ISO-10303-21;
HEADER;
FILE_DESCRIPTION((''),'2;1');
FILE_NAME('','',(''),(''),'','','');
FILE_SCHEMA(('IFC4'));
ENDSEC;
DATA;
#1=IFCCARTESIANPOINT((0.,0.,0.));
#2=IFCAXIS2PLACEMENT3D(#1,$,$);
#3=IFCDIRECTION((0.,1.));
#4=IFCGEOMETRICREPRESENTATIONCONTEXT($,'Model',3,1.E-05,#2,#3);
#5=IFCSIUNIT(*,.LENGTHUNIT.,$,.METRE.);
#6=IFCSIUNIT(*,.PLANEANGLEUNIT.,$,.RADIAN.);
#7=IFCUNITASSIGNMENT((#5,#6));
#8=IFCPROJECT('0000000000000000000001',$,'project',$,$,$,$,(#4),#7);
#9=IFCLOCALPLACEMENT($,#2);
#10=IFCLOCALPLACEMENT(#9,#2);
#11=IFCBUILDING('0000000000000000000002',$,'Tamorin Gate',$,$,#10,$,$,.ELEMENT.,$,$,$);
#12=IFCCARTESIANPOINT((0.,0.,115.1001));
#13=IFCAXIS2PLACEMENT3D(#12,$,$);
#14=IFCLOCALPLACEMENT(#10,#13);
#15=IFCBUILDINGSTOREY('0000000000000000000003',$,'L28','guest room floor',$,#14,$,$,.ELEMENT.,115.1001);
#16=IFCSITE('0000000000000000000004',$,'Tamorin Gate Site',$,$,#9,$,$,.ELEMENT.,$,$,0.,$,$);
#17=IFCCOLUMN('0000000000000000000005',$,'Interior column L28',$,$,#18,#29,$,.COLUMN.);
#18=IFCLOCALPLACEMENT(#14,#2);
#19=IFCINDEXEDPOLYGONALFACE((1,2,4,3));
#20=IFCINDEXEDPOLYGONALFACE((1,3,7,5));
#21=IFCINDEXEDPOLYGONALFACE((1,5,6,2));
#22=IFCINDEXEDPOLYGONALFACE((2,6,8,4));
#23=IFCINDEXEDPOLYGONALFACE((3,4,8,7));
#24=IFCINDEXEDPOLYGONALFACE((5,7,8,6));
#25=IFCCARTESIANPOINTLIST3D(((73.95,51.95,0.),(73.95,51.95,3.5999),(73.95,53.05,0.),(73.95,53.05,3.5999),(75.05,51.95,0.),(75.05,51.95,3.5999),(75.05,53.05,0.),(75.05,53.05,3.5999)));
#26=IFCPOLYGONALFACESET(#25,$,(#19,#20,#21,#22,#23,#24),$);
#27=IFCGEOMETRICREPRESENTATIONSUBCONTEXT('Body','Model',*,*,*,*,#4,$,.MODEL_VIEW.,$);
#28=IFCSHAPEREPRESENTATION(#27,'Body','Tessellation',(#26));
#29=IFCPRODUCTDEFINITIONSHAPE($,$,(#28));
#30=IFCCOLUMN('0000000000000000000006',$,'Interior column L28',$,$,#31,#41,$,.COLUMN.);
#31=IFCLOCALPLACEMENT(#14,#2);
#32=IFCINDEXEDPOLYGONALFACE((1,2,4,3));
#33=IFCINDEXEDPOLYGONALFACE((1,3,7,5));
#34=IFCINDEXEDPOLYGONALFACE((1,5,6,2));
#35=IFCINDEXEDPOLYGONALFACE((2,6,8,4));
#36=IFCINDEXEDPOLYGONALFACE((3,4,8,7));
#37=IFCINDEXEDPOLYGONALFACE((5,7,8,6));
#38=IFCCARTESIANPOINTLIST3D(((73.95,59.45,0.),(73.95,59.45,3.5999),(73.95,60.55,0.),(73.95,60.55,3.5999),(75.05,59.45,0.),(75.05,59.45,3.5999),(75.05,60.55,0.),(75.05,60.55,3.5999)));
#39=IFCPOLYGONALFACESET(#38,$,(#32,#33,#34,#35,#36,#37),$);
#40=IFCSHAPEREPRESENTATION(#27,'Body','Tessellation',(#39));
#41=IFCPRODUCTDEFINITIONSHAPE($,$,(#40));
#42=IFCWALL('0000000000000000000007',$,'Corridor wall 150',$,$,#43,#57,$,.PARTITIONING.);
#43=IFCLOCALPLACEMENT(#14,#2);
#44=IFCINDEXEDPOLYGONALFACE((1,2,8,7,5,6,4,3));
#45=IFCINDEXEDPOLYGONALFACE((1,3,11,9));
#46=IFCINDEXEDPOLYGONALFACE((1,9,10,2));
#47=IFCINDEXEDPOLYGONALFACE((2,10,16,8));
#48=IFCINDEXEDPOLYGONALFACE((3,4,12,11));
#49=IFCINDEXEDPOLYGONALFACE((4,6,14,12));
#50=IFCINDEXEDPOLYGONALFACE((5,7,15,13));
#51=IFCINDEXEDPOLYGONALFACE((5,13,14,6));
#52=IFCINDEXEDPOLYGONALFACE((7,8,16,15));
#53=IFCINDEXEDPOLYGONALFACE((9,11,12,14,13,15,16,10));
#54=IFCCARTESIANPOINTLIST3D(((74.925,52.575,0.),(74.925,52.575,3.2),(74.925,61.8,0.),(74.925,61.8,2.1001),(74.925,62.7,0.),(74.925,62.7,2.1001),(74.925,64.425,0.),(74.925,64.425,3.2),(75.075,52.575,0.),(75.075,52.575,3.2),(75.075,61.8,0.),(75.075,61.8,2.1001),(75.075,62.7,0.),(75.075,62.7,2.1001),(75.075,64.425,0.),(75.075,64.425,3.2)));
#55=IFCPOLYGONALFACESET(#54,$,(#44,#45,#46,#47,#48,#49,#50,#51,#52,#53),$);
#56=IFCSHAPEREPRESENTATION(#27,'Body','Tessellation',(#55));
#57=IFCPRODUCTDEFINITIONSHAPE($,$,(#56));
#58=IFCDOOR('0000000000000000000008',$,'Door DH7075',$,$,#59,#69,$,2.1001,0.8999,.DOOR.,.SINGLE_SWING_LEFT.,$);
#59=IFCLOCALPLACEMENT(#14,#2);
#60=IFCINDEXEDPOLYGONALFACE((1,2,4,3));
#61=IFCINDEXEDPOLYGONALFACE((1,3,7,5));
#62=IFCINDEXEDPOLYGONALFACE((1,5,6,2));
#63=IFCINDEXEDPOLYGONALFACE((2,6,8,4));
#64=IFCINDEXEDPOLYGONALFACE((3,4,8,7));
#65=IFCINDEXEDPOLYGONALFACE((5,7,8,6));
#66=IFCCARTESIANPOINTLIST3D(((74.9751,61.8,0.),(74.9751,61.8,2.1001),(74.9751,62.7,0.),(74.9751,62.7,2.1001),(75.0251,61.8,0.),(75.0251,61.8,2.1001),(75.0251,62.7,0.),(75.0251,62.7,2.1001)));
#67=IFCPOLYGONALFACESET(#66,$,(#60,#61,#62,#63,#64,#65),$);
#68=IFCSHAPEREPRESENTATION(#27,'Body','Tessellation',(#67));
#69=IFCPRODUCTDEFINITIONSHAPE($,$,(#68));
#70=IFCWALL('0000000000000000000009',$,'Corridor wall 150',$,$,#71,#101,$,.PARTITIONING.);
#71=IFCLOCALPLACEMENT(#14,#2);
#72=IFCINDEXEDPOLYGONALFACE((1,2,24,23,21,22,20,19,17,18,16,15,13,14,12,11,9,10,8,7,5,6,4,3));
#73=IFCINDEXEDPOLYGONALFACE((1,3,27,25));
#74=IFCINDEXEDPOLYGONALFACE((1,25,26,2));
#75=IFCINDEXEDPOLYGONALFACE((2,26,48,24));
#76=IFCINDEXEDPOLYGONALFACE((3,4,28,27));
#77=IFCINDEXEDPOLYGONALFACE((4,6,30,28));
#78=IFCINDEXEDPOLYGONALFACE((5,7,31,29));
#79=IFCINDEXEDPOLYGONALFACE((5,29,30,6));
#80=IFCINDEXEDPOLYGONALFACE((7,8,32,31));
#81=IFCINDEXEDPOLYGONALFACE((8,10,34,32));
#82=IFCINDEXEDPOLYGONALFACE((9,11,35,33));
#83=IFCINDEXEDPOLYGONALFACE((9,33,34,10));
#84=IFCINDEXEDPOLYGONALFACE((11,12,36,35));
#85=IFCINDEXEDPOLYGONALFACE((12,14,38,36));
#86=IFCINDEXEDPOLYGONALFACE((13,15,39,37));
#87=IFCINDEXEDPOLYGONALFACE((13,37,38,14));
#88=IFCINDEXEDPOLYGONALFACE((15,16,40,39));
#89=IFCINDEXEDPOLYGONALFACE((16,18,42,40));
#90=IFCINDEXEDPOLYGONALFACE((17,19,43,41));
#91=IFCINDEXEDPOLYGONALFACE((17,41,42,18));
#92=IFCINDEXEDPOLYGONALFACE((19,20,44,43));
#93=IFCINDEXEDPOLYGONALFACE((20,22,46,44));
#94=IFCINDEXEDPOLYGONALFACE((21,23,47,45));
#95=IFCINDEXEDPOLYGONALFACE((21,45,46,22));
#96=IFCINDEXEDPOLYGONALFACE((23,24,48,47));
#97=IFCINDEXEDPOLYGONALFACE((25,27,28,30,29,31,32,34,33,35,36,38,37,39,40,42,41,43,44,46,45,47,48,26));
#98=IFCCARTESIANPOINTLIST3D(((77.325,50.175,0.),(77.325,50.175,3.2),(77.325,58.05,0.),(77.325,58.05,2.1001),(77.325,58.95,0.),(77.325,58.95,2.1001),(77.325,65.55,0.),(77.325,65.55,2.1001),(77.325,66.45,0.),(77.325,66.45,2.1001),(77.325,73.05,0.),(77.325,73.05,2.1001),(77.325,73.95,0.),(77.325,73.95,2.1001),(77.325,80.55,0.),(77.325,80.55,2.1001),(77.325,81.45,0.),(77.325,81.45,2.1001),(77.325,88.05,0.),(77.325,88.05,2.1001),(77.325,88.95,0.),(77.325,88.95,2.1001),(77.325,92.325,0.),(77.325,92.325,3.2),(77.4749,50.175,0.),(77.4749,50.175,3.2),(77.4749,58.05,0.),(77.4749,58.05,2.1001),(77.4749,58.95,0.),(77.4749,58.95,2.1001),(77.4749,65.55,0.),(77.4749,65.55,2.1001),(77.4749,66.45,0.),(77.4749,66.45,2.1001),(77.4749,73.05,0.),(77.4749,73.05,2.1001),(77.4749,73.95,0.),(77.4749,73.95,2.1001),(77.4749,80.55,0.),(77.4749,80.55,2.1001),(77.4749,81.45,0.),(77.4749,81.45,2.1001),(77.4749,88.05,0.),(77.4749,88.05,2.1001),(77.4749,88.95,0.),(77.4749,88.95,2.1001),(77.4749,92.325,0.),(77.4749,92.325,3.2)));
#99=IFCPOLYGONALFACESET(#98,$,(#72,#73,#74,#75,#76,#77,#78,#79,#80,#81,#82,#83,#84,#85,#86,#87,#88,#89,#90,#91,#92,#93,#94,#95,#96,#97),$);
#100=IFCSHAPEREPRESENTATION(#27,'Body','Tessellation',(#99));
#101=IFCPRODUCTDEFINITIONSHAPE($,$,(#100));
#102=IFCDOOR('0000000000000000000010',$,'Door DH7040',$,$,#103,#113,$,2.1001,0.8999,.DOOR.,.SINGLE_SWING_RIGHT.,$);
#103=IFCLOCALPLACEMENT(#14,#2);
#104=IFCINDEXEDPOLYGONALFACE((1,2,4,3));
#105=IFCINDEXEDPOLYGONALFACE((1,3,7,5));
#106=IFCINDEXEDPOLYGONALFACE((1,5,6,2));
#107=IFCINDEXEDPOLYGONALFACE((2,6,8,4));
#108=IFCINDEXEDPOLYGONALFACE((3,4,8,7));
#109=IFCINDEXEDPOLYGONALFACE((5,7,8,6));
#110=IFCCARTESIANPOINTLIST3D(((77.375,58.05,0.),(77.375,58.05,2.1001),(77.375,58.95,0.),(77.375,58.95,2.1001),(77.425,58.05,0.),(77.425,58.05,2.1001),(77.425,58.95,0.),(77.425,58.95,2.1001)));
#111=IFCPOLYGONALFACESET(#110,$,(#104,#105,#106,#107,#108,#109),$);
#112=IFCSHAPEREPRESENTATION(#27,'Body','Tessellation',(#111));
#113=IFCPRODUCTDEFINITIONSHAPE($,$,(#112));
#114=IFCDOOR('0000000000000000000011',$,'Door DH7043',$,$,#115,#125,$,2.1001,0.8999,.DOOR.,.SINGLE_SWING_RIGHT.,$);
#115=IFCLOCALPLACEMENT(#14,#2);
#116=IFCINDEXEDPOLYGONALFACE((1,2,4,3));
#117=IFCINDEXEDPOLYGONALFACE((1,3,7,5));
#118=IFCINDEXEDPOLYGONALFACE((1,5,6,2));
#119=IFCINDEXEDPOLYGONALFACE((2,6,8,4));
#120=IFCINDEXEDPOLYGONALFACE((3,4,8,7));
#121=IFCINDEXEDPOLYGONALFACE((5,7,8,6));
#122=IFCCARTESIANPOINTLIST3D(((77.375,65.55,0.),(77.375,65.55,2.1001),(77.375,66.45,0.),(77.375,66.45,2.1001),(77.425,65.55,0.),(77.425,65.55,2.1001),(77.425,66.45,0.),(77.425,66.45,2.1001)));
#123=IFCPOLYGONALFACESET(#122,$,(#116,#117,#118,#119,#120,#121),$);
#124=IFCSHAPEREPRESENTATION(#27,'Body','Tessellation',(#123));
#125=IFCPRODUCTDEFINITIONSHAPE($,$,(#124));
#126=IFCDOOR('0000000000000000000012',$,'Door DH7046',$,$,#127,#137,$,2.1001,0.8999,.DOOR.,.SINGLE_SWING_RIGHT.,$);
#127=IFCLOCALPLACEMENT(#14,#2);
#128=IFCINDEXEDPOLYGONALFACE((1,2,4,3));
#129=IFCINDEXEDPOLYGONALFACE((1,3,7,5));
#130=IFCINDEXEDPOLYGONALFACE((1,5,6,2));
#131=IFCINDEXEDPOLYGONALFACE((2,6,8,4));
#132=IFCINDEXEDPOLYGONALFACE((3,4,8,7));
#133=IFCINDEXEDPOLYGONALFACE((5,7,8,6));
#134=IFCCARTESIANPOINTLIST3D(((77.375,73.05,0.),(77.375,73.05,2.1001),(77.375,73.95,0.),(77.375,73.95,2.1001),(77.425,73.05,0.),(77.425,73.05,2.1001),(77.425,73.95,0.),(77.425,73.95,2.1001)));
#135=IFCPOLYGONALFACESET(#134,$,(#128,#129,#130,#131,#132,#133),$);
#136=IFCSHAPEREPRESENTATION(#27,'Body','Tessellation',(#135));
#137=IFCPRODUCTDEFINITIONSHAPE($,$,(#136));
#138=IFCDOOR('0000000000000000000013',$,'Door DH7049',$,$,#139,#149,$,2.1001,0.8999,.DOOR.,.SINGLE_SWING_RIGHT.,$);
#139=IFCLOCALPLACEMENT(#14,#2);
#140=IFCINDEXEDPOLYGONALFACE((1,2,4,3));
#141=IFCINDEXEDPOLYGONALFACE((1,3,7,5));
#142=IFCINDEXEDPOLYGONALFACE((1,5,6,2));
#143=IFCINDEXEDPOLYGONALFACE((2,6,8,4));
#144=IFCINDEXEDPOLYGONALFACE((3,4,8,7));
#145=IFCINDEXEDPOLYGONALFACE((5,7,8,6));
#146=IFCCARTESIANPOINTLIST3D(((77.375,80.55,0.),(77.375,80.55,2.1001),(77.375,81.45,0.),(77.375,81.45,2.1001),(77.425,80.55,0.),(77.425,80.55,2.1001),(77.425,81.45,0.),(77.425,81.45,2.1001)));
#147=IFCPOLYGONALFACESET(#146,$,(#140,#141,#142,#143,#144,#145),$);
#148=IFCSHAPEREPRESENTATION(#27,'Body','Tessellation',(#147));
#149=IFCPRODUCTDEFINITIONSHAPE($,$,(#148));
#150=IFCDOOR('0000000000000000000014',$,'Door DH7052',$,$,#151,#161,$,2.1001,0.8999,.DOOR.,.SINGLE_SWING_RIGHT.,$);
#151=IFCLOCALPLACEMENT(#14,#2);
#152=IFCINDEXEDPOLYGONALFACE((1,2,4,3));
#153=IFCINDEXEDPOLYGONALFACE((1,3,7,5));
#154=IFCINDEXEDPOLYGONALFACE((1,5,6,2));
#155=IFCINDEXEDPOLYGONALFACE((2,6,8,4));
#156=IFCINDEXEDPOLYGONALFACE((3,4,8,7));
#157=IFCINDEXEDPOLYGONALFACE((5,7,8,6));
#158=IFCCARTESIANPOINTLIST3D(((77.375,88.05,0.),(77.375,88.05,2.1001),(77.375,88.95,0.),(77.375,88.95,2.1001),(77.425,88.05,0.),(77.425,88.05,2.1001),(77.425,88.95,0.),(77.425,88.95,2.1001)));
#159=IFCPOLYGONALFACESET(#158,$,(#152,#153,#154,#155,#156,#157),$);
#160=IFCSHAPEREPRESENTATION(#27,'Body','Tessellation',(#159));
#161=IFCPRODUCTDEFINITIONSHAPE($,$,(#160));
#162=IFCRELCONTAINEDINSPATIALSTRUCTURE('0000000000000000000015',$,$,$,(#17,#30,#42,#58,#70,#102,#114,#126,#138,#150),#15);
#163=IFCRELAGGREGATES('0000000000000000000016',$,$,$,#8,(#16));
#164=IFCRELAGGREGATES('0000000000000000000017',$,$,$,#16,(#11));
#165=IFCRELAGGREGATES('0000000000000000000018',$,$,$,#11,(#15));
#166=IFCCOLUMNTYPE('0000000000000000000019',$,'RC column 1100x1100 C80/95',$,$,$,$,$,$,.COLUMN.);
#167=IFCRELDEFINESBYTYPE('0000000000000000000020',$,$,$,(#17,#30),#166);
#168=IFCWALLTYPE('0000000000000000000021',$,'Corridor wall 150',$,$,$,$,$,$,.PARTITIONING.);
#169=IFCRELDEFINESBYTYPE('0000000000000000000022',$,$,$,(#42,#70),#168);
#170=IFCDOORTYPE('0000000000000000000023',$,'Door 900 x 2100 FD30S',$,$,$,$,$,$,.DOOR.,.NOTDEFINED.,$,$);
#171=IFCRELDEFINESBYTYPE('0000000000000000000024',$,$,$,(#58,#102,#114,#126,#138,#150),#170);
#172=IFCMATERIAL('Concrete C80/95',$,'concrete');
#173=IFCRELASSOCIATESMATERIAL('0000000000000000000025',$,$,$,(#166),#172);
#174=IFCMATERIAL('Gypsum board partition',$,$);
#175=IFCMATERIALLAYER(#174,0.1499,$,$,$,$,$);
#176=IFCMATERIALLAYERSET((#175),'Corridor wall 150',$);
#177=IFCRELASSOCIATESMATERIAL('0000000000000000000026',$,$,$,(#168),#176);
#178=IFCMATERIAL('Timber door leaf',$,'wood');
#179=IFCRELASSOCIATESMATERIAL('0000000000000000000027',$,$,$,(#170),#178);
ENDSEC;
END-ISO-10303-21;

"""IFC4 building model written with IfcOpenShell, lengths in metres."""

from ifc_helpers import new_model, si_unit, direction, frame, frame_2d, origin, origin_2d, place, context, subcontext, project, spatial, rectangle, extrude, material, layer, layer_set, material_profile, profile_set, type_object, element, fill, save


model = new_model("IFC4")

# Units and contexts
model_context = context("Model", 3, precision=1e-05, world=origin(), true_north=direction((0.0, 1.0)))
body_context = subcontext(model_context, "Body", "Model", "MODEL_VIEW")
ifc_project = project(units=[si_unit("LENGTHUNIT", "METRE"), si_unit("PLANEANGLEUNIT", "RADIAN")], contexts=[model_context])

# Site, building, storey
site_placement = place(None, origin())
site = spatial("IfcSite", under=ifc_project, at=site_placement, Name="Tamorin Gate Site", CompositionType="ELEMENT", RefElevation=0.0)
building_placement = place(site_placement, origin())
building = spatial("IfcBuilding", under=site, at=building_placement, Name="Tamorin Gate", CompositionType="ELEMENT")
storey_placement = place(building_placement, frame((0.0, 0.0, 115.1001)))
storey = spatial("IfcBuildingStorey", under=building, at=storey_placement, Name="L28", Description="guest room floor", CompositionType="ELEMENT", Elevation=115.1001)

# Columns
ifc_material_1 = material(Name="Concrete C80/95", Category="concrete")
ifc_material_profile = material_profile(ifc_material_1, rectangle(XDim=1.1001, YDim=1.1001, at=origin_2d()), Name="RC 1100x1100")
ifc_profile_set = profile_set([ifc_material_profile], Name="Concrete C80/95")
column_type = type_object("IfcColumnType", Name="RC column 1100x1100 C80/95", PredefinedType="COLUMN", material=ifc_profile_set)
for number, where, z_axis, x_axis, name in (
    (1, (74.5, 52.5, 0.0), (0.0, 0.0, 1.0), (1.0, 0.0, 0.0), "Interior column L28"),
    (2, (74.5, 60.0, 0.0), (0.0, 0.0, 1.0), (1.0, 0.0, 0.0), "Interior column L28"),
):
    element("IfcColumn", number, at=place(storey_placement, frame(where, z_axis=z_axis, x_axis=x_axis)), inside=storey, type_object=column_type, Name=name, PredefinedType="COLUMN", context=body_context, shape_type="SweptSolid", body=[
        extrude(rectangle(XDim=1.1001, YDim=1.1001, at=origin_2d()), origin(), (0.0, 0.0, 1.0), 3.5999),
    ])

# Wall, opening, door
ifc_material_2 = material(Name="Gypsum board partition")
ifc_layer_1 = layer(ifc_material_2, 0.1499)
ifc_layer_set_1 = layer_set([ifc_layer_1], Name="Corridor wall 150")
wall_type_1 = type_object("IfcWallType", Name="Corridor wall 150", PredefinedType="PARTITIONING", material=ifc_layer_set_1)
wall_1_placement = place(storey_placement, frame((75.0, 52.575, 0.0), z_axis=(0.0, 0.0, 1.0), x_axis=(0.0, 1.0, 0.0)))
wall_1 = element("IfcWall", 3, at=wall_1_placement, inside=storey, type_object=wall_type_1, Name="Corridor wall 150", PredefinedType="PARTITIONING", context=body_context, shape_type="SweptSolid", body=[
    extrude(rectangle(XDim=11.8501, YDim=0.1499, at=frame_2d((5.925, 0.0))), origin(), (0.0, 0.0, 1.0), 3.2),
])
opening_1_placement = place(wall_1_placement, frame((9.2251, 0.0, 0.0)))
opening_1 = element("IfcOpeningElement", 4, at=opening_1_placement, cuts=wall_1, PredefinedType="OPENING", context=body_context, shape_type="SweptSolid", body=[
    extrude(rectangle(XDim=0.8999, YDim=2.1001, at=frame_2d((0.45, 1.05))), frame((0.0, 0.085, 0.0), z_axis=(0.0, -1.0, 0.0), x_axis=(1.0, 0.0, 0.0)), (0.0, 0.0, 1.0), 0.1699),
])
ifc_material_3 = material(Name="Timber door leaf", Category="wood")
door_type_1 = type_object("IfcDoorType", Name="Door 900 x 2100 FD30S", OperationType="NOTDEFINED", PredefinedType="DOOR", material=ifc_material_3)
door_1_placement = place(opening_1_placement, origin())
door_1 = element("IfcDoor", 5, at=door_1_placement, inside=storey, type_object=door_type_1, Name="Door DH7075", OperationType="SINGLE_SWING_LEFT", OverallHeight=2.1001, OverallWidth=0.8999, PredefinedType="DOOR", context=body_context, shape_type="SweptSolid", body=[
    extrude(rectangle(XDim=0.8999, YDim=2.1001, at=frame_2d((0.45, 1.05))), frame((0.0, 0.0249, 0.0), z_axis=(0.0, -1.0, 0.0), x_axis=(1.0, 0.0, 0.0)), (0.0, 0.0, 1.0), 0.05),
])
fill(opening_1, door_1)

# Wall, openings, doors
wall_2_placement = place(storey_placement, frame((77.3999, 50.175, 0.0), z_axis=(0.0, 0.0, 1.0), x_axis=(0.0, 1.0, 0.0)))
wall_2 = element("IfcWall", 6, at=wall_2_placement, inside=storey, type_object=wall_type_1, Name="Corridor wall 150", PredefinedType="PARTITIONING", context=body_context, shape_type="SweptSolid", body=[
    extrude(rectangle(XDim=42.1499, YDim=0.1499, at=frame_2d((21.075, 0.0))), origin(), (0.0, 0.0, 1.0), 3.2),
])
opening_2_placement = place(wall_2_placement, frame((7.875, 0.0, 0.0)))
opening_2 = element("IfcOpeningElement", 7, at=opening_2_placement, cuts=wall_2, PredefinedType="OPENING", context=body_context, shape_type="SweptSolid", body=[
    extrude(rectangle(XDim=0.8999, YDim=2.1001, at=frame_2d((0.45, 1.05))), frame((0.0, 0.085, 0.0), z_axis=(0.0, -1.0, 0.0), x_axis=(1.0, 0.0, 0.0)), (0.0, 0.0, 1.0), 0.1699),
])
opening_3_placement = place(wall_2_placement, frame((15.375, 0.0, 0.0)))
opening_3 = element("IfcOpeningElement", 8, at=opening_3_placement, cuts=wall_2, PredefinedType="OPENING", context=body_context, shape_type="SweptSolid", body=[
    extrude(rectangle(XDim=0.8999, YDim=2.1001, at=frame_2d((0.45, 1.05))), frame((0.0, 0.085, 0.0), z_axis=(0.0, -1.0, 0.0), x_axis=(1.0, 0.0, 0.0)), (0.0, 0.0, 1.0), 0.1699),
])
opening_4_placement = place(wall_2_placement, frame((22.875, 0.0, 0.0)))
opening_4 = element("IfcOpeningElement", 9, at=opening_4_placement, cuts=wall_2, PredefinedType="OPENING", context=body_context, shape_type="SweptSolid", body=[
    extrude(rectangle(XDim=0.8999, YDim=2.1001, at=frame_2d((0.45, 1.05))), frame((0.0, 0.085, 0.0), z_axis=(0.0, -1.0, 0.0), x_axis=(1.0, 0.0, 0.0)), (0.0, 0.0, 1.0), 0.1699),
])
opening_5_placement = place(wall_2_placement, frame((30.375, 0.0, 0.0)))
opening_5 = element("IfcOpeningElement", 10, at=opening_5_placement, cuts=wall_2, PredefinedType="OPENING", context=body_context, shape_type="SweptSolid", body=[
    extrude(rectangle(XDim=0.8999, YDim=2.1001, at=frame_2d((0.45, 1.05))), frame((0.0, 0.085, 0.0), z_axis=(0.0, -1.0, 0.0), x_axis=(1.0, 0.0, 0.0)), (0.0, 0.0, 1.0), 0.1699),
])
opening_6_placement = place(wall_2_placement, frame((37.875, 0.0, 0.0)))
opening_6 = element("IfcOpeningElement", 11, at=opening_6_placement, cuts=wall_2, PredefinedType="OPENING", context=body_context, shape_type="SweptSolid", body=[
    extrude(rectangle(XDim=0.8999, YDim=2.1001, at=frame_2d((0.45, 1.05))), frame((0.0, 0.085, 0.0), z_axis=(0.0, -1.0, 0.0), x_axis=(1.0, 0.0, 0.0)), (0.0, 0.0, 1.0), 0.1699),
])
door_2_placement = place(opening_2_placement, origin())
door_2 = element("IfcDoor", 12, at=door_2_placement, inside=storey, type_object=door_type_1, Name="Door DH7040", OperationType="SINGLE_SWING_RIGHT", OverallHeight=2.1001, OverallWidth=0.8999, PredefinedType="DOOR", context=body_context, shape_type="SweptSolid", body=[
    extrude(rectangle(XDim=0.8999, YDim=2.1001, at=frame_2d((0.45, 1.05))), frame((0.0, 0.0249, 0.0), z_axis=(0.0, -1.0, 0.0), x_axis=(1.0, 0.0, 0.0)), (0.0, 0.0, 1.0), 0.05),
])
fill(opening_2, door_2)
door_3_placement = place(opening_3_placement, origin())
door_3 = element("IfcDoor", 13, at=door_3_placement, inside=storey, type_object=door_type_1, Name="Door DH7043", OperationType="SINGLE_SWING_RIGHT", OverallHeight=2.1001, OverallWidth=0.8999, PredefinedType="DOOR", context=body_context, shape_type="SweptSolid", body=[
    extrude(rectangle(XDim=0.8999, YDim=2.1001, at=frame_2d((0.45, 1.05))), frame((0.0, 0.0249, 0.0), z_axis=(0.0, -1.0, 0.0), x_axis=(1.0, 0.0, 0.0)), (0.0, 0.0, 1.0), 0.05),
])
fill(opening_3, door_3)
door_4_placement = place(opening_4_placement, origin())
door_4 = element("IfcDoor", 14, at=door_4_placement, inside=storey, type_object=door_type_1, Name="Door DH7046", OperationType="SINGLE_SWING_RIGHT", OverallHeight=2.1001, OverallWidth=0.8999, PredefinedType="DOOR", context=body_context, shape_type="SweptSolid", body=[
    extrude(rectangle(XDim=0.8999, YDim=2.1001, at=frame_2d((0.45, 1.05))), frame((0.0, 0.0249, 0.0), z_axis=(0.0, -1.0, 0.0), x_axis=(1.0, 0.0, 0.0)), (0.0, 0.0, 1.0), 0.05),
])
fill(opening_4, door_4)
door_5_placement = place(opening_5_placement, origin())
door_5 = element("IfcDoor", 15, at=door_5_placement, inside=storey, type_object=door_type_1, Name="Door DH7049", OperationType="SINGLE_SWING_RIGHT", OverallHeight=2.1001, OverallWidth=0.8999, PredefinedType="DOOR", context=body_context, shape_type="SweptSolid", body=[
    extrude(rectangle(XDim=0.8999, YDim=2.1001, at=frame_2d((0.45, 1.05))), frame((0.0, 0.0249, 0.0), z_axis=(0.0, -1.0, 0.0), x_axis=(1.0, 0.0, 0.0)), (0.0, 0.0, 1.0), 0.05),
])
fill(opening_5, door_5)
door_6_placement = place(opening_6_placement, origin())
door_6 = element("IfcDoor", 16, at=door_6_placement, inside=storey, type_object=door_type_1, Name="Door DH7052", OperationType="SINGLE_SWING_RIGHT", OverallHeight=2.1001, OverallWidth=0.8999, PredefinedType="DOOR", context=body_context, shape_type="SweptSolid", body=[
    extrude(rectangle(XDim=0.8999, YDim=2.1001, at=frame_2d((0.45, 1.05))), frame((0.0, 0.0249, 0.0), z_axis=(0.0, -1.0, 0.0), x_axis=(1.0, 0.0, 0.0)), (0.0, 0.0, 1.0), 0.05),
])
fill(opening_6, door_6)

save(model, "model.ifc")
